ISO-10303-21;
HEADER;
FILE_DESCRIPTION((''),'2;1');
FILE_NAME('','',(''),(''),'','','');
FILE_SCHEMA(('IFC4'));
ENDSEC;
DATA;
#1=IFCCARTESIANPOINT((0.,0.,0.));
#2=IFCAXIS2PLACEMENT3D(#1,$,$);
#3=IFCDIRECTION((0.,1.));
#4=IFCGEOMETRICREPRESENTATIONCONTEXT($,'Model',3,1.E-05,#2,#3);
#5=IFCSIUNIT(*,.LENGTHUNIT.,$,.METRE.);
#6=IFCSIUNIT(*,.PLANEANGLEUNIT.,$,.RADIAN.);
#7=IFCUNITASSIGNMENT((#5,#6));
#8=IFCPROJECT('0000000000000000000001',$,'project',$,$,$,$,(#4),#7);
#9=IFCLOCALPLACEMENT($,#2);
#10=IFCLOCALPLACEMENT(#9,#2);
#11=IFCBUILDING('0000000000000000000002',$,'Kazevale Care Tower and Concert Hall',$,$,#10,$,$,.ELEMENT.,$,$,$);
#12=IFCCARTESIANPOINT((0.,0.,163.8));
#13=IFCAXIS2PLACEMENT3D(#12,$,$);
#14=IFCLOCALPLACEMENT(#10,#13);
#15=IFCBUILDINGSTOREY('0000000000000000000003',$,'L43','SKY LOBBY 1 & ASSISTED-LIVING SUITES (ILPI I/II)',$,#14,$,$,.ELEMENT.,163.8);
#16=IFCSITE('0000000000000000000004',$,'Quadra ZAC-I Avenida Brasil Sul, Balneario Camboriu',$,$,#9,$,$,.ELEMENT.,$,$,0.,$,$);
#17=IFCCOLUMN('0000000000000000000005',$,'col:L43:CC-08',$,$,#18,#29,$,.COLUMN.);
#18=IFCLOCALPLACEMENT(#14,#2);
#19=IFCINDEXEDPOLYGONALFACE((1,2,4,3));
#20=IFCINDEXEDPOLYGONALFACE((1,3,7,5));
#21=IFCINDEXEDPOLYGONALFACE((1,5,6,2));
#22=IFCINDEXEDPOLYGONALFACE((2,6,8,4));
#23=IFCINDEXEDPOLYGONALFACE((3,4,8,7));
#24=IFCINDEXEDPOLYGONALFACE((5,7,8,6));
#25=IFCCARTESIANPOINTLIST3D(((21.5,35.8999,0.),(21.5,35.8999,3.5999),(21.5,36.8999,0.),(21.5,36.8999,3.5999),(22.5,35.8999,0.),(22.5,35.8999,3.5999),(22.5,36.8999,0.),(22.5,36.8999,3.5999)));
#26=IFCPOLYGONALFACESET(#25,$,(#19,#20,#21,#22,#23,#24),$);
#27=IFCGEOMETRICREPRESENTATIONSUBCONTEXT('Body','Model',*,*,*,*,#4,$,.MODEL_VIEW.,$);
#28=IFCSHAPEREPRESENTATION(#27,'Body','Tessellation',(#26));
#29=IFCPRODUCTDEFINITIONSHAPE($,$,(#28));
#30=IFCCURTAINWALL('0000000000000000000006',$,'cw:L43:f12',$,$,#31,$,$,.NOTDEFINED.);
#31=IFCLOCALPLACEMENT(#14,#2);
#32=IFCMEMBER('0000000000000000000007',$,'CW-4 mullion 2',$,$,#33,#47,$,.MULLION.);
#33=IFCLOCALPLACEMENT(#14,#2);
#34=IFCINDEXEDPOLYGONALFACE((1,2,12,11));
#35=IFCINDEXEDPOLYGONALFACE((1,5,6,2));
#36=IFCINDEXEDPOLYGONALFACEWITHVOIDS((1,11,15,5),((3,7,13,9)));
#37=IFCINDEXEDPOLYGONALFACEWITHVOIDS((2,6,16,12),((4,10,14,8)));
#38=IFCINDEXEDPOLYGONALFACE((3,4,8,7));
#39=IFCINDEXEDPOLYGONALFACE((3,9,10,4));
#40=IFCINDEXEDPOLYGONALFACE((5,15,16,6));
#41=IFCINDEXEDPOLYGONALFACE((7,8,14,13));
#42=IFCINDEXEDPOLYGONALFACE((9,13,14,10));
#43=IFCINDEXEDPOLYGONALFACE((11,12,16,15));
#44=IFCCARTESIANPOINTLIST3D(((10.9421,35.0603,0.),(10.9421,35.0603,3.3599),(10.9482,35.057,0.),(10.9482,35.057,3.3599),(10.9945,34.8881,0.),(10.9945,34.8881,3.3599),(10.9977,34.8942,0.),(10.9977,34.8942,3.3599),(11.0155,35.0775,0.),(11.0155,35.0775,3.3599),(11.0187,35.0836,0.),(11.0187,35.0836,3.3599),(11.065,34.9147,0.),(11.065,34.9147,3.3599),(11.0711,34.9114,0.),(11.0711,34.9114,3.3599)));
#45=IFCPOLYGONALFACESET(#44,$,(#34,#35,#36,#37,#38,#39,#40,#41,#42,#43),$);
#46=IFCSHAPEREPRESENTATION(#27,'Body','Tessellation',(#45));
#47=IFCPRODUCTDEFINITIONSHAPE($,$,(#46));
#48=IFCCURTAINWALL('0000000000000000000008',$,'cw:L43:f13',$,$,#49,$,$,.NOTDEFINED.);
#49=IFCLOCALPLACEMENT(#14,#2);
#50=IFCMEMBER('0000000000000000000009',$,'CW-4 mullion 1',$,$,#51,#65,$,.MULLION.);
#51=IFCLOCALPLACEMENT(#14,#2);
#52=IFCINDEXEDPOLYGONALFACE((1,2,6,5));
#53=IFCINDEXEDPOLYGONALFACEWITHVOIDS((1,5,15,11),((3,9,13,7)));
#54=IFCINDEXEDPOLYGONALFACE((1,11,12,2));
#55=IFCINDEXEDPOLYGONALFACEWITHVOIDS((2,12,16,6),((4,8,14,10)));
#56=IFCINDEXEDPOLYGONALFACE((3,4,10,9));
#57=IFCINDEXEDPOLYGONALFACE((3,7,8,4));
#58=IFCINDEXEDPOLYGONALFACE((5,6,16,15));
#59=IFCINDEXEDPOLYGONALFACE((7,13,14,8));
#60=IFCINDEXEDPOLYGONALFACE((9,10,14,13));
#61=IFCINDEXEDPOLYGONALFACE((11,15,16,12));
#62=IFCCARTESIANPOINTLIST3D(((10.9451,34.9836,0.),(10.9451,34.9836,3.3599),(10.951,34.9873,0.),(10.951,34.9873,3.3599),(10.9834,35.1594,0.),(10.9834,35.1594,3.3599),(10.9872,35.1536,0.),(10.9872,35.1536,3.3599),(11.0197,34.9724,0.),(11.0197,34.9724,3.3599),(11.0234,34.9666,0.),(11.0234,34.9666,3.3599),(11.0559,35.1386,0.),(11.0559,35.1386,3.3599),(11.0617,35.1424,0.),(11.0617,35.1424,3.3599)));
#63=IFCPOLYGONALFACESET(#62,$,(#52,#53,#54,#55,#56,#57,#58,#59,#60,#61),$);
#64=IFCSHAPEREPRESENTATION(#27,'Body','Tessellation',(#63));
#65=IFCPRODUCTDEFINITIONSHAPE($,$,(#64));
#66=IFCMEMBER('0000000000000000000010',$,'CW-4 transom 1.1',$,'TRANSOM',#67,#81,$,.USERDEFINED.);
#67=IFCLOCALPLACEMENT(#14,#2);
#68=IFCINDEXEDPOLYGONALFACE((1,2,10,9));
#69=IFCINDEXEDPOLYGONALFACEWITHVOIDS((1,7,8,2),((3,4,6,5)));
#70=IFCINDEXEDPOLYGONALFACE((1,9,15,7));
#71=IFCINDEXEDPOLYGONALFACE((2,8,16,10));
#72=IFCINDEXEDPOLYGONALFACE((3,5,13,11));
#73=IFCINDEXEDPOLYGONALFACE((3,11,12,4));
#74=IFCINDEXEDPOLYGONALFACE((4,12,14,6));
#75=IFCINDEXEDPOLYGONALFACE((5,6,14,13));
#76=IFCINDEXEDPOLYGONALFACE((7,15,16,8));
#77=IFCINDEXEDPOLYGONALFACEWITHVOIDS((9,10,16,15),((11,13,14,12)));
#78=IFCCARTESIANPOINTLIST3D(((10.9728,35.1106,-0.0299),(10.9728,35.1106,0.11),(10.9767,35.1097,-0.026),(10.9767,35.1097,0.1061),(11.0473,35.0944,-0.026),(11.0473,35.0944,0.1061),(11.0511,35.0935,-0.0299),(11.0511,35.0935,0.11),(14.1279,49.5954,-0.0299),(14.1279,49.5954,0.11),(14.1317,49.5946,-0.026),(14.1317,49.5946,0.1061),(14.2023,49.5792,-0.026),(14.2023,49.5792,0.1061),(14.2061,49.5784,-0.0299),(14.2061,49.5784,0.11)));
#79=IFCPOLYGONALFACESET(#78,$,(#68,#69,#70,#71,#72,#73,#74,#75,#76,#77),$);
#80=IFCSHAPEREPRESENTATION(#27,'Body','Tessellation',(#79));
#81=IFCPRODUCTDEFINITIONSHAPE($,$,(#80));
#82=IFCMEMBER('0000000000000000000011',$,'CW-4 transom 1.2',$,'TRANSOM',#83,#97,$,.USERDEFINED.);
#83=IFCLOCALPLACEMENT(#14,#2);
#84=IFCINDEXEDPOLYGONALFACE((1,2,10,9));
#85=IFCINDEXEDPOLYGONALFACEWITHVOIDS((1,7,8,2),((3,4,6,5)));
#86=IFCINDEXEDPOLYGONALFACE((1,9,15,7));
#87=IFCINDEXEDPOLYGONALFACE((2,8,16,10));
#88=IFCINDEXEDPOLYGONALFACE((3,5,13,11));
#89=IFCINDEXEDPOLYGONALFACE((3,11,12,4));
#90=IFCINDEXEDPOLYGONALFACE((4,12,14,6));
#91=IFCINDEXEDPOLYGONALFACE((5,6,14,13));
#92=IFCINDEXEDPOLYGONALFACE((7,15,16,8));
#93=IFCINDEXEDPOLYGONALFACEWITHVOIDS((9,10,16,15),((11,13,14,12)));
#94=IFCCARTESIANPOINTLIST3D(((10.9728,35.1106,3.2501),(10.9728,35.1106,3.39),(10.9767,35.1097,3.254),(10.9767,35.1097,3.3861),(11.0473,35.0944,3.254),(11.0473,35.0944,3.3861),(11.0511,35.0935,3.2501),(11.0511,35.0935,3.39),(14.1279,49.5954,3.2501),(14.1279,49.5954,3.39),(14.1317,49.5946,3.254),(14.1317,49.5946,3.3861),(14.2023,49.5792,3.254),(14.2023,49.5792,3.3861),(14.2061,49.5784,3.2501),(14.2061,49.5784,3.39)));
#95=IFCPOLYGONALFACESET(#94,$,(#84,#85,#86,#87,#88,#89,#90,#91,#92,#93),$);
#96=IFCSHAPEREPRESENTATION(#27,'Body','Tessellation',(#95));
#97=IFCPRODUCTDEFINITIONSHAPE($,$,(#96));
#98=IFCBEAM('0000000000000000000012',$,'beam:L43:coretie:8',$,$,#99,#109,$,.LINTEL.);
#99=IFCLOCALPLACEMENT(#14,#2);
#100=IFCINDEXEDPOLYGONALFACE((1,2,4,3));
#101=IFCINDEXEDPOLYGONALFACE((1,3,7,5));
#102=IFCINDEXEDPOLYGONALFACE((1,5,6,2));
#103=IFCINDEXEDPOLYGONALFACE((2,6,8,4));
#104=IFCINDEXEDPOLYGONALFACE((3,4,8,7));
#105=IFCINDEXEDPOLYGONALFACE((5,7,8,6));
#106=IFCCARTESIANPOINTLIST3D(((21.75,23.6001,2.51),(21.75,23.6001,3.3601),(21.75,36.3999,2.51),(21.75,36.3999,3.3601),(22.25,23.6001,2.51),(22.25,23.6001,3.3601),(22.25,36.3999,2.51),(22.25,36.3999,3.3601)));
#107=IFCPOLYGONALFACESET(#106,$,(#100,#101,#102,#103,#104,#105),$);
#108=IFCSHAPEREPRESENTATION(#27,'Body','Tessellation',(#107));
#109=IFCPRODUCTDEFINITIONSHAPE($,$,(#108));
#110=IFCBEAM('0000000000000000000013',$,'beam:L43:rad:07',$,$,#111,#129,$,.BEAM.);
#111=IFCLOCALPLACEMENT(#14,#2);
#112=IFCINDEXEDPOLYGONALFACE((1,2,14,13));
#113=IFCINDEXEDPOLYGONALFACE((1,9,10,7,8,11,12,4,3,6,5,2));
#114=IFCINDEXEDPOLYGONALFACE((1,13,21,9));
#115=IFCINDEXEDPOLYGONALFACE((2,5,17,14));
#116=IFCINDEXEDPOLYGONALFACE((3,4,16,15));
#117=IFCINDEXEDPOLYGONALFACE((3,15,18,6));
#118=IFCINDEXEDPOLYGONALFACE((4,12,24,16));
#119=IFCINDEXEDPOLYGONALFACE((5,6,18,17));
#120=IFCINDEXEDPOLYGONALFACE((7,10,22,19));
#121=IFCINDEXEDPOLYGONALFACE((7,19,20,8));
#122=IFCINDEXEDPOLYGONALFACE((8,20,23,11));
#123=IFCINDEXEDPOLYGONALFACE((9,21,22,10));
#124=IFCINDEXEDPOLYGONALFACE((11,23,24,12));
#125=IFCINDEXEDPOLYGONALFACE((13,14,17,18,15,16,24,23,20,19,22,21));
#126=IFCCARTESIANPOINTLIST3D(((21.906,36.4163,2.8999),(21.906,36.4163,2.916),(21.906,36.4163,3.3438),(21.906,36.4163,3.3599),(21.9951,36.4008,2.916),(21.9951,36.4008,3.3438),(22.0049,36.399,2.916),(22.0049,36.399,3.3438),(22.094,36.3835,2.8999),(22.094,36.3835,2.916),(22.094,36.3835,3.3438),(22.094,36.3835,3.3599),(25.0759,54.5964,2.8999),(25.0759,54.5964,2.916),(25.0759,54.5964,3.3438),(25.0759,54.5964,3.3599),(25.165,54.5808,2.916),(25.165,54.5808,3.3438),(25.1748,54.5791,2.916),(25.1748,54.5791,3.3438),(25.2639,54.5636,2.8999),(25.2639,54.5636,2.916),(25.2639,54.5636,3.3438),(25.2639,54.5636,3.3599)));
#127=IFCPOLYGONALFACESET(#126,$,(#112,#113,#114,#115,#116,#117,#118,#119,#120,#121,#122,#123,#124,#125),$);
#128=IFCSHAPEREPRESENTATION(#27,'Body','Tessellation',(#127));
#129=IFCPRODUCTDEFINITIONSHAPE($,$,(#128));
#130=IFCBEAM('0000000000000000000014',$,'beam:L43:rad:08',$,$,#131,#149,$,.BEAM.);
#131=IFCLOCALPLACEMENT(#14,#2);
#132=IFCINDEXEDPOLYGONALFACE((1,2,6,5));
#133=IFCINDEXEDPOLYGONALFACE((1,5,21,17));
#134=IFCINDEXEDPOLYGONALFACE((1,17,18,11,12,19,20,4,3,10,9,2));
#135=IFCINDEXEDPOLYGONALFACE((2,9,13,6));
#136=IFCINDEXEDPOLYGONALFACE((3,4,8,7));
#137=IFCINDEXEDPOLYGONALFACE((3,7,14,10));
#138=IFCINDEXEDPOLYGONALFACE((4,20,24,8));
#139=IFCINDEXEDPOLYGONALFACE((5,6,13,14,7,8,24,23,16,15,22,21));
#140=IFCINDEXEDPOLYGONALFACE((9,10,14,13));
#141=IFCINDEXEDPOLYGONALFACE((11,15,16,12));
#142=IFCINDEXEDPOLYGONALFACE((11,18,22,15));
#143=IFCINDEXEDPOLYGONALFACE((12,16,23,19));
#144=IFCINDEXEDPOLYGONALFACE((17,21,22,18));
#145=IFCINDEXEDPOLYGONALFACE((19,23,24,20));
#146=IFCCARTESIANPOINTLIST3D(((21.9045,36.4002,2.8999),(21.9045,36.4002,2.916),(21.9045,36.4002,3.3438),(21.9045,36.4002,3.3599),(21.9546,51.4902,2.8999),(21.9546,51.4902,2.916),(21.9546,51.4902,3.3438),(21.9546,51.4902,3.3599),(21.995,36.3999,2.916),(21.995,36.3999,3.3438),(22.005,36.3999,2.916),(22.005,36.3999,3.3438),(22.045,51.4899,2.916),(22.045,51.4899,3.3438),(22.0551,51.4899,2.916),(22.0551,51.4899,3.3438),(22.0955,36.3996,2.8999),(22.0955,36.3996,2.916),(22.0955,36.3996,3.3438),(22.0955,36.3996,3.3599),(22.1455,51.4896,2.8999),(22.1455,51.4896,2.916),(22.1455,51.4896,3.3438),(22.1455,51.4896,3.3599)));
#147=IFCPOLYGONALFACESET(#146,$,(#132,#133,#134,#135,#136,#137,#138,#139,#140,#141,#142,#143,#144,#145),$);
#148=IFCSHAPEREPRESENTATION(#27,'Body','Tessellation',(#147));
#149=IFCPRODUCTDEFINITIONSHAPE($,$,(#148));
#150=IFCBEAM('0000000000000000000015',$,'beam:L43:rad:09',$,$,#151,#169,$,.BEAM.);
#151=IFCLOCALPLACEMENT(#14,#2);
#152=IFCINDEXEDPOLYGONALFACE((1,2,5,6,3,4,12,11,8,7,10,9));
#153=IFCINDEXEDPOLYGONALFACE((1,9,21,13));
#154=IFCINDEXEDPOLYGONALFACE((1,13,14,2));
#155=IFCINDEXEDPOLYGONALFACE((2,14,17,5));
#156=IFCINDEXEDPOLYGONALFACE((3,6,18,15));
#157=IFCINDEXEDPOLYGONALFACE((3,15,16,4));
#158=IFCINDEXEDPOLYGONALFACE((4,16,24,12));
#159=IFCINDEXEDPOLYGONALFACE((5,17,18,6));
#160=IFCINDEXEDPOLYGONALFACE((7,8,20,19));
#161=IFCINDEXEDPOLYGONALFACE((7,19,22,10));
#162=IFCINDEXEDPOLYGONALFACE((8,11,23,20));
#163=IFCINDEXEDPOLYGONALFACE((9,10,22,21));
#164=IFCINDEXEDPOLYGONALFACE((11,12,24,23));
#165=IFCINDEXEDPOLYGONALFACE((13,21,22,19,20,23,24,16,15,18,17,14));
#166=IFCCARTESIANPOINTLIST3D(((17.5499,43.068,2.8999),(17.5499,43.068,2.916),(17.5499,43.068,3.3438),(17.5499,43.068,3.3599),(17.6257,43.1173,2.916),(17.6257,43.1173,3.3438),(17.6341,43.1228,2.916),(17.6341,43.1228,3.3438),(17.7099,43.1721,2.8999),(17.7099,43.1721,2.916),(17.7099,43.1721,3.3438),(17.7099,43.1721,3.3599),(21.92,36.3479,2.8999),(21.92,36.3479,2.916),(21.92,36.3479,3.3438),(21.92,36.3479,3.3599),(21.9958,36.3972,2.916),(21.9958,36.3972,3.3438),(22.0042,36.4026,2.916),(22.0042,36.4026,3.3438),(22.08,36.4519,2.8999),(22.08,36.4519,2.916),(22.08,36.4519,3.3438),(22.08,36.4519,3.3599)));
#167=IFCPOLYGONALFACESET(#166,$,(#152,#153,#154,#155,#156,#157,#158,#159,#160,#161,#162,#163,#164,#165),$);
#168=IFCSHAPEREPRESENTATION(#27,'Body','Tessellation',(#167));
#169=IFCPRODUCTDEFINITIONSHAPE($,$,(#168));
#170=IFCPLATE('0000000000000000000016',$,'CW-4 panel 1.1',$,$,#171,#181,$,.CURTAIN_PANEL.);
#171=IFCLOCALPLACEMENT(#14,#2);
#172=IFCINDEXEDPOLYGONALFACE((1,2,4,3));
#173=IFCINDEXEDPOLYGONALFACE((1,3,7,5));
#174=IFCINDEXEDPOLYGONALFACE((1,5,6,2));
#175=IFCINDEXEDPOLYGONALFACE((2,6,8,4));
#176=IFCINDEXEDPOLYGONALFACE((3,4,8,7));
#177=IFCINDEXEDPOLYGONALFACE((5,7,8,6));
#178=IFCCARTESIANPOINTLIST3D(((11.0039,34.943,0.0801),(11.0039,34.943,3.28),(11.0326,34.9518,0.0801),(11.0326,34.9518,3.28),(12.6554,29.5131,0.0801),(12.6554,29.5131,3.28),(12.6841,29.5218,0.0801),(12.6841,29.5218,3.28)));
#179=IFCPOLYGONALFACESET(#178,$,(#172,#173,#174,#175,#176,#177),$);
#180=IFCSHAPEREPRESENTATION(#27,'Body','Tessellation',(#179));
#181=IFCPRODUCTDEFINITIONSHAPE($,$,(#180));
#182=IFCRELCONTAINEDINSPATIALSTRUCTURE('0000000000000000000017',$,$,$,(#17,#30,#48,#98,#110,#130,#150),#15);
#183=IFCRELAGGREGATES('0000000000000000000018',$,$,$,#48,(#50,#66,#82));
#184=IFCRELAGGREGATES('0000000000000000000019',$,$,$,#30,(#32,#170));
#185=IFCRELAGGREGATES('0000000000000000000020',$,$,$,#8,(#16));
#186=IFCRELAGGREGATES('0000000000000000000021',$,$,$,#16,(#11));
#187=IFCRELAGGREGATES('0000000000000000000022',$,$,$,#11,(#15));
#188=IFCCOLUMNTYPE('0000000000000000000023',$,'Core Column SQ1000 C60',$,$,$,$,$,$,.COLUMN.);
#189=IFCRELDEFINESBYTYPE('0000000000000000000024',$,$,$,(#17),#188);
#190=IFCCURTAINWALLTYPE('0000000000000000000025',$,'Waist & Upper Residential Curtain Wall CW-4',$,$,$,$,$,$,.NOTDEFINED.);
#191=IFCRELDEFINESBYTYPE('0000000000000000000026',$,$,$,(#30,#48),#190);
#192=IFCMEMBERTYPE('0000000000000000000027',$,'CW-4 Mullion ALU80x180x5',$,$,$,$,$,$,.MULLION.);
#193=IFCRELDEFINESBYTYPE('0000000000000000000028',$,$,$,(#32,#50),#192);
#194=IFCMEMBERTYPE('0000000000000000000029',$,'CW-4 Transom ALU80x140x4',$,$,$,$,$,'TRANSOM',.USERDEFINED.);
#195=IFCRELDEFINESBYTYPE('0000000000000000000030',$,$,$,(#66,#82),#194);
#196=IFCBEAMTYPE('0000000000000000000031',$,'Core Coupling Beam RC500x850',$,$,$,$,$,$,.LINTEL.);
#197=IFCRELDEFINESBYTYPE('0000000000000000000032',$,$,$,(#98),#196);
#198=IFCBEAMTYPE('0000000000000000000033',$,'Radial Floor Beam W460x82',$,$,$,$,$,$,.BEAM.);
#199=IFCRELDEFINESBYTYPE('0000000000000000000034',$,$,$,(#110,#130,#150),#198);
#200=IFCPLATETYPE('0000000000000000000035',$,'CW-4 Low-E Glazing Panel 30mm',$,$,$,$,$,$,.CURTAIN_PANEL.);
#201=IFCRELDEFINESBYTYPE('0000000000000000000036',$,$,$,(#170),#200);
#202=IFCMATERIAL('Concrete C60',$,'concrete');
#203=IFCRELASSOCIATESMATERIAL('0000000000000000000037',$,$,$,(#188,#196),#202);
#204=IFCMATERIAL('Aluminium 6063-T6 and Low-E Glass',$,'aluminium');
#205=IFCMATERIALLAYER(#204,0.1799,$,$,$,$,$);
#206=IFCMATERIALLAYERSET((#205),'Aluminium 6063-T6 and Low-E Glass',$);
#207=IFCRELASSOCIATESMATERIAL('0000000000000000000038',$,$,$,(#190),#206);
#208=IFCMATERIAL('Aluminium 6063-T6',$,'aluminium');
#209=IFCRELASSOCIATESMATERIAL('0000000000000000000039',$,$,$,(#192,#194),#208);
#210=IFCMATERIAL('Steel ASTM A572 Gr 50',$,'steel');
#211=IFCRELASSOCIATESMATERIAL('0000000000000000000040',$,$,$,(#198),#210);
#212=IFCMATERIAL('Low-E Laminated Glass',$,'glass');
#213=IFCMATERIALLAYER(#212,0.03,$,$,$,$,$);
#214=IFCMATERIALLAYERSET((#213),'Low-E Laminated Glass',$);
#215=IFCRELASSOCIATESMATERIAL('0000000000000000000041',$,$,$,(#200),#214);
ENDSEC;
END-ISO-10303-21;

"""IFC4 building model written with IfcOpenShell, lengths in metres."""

from ifc_helpers import new_model, si_unit, direction, frame, origin, origin_2d, place, context, subcontext, project, spatial, rectangle, hollow_rectangle, i_section, extrude, material, layer, layer_set, material_profile, profile_set, type_object, element, aggregate, save


model = new_model("IFC4")

# Units and contexts
model_context = context("Model", 3, precision=1e-05, world=origin(), true_north=direction((0.0, 1.0)))
body_context = subcontext(model_context, "Body", "Model", "MODEL_VIEW")
ifc_project = project(units=[si_unit("LENGTHUNIT", "METRE"), si_unit("PLANEANGLEUNIT", "RADIAN")], contexts=[model_context])

# Site, building, storey
site_placement = place(None, origin())
site = spatial("IfcSite", under=ifc_project, at=site_placement, Name="Quadra ZAC-I Avenida Brasil Sul, Balneario Camboriu", CompositionType="ELEMENT", RefElevation=0.0)
building_placement = place(site_placement, origin())
building = spatial("IfcBuilding", under=site, at=building_placement, Name="Kazevale Care Tower and Concert Hall", CompositionType="ELEMENT")
storey_placement = place(building_placement, frame((0.0, 0.0, 163.8)))
storey = spatial("IfcBuildingStorey", under=building, at=storey_placement, Name="L43", Description="SKY LOBBY 1 & ASSISTED-LIVING SUITES (ILPI I/II)", CompositionType="ELEMENT", Elevation=163.8)

# Column
ifc_material_1 = material(Name="Concrete C60", Category="concrete")
ifc_material_profile_1 = material_profile(ifc_material_1, rectangle(XDim=1.0, YDim=1.0, at=origin_2d()), Name="RC-SQ1000")
ifc_profile_set_1 = profile_set([ifc_material_profile_1], Name="Concrete C60")
column_type = type_object("IfcColumnType", Name="Core Column SQ1000 C60", PredefinedType="COLUMN", material=ifc_profile_set_1)
column_placement = place(storey_placement, frame((22.0, 36.3999, 0.0), z_axis=(0.0, 0.0, 1.0), x_axis=(1.0, 0.0, 0.0)))
element("IfcColumn", 1, at=column_placement, inside=storey, type_object=column_type, Name="col:L43:CC-08", PredefinedType="COLUMN", context=body_context, shape_type="SweptSolid", body=[
    extrude(rectangle(XDim=1.0, YDim=1.0, at=origin_2d()), origin(), (0.0, 0.0, 1.0), 3.5999),
])

# Curtain wall, member
ifc_material_2 = material(Name="Aluminium 6063-T6 and Low-E Glass", Category="aluminium")
ifc_layer_1 = layer(ifc_material_2, 0.1799)
ifc_layer_set_1 = layer_set([ifc_layer_1], Name="Aluminium 6063-T6 and Low-E Glass")
curtain_wall_type = type_object("IfcCurtainWallType", Name="Waist & Upper Residential Curtain Wall CW-4", PredefinedType="NOTDEFINED", material=ifc_layer_set_1)
curtain_wall_1_placement = place(storey_placement, origin())
curtain_wall_1 = element("IfcCurtainWall", 2, at=curtain_wall_1_placement, inside=storey, type_object=curtain_wall_type, Name="cw:L43:f12", PredefinedType="NOTDEFINED")
ifc_material_3 = material(Name="Aluminium 6063-T6", Category="aluminium")
ifc_material_profile_2 = material_profile(ifc_material_3, hollow_rectangle(XDim=0.0801, YDim=0.1799, WallThickness=0.0049, at=origin_2d()), Name="ALU80x180x5")
ifc_profile_set_2 = profile_set([ifc_material_profile_2], Name="Aluminium 6063-T6")
member_type_1 = type_object("IfcMemberType", Name="CW-4 Mullion ALU80x180x5", PredefinedType="MULLION", material=ifc_profile_set_2)
member_1_placement = place(storey_placement, frame((11.0066, 34.9858, 0.0), z_axis=(0.0, 0.0, 1.0), x_axis=(-0.95673, -0.290977, 0.0)))
member_1 = element("IfcMember", 3, at=member_1_placement, type_object=member_type_1, Name="CW-4 mullion 2", PredefinedType="MULLION", context=body_context, shape_type="SweptSolid", body=[
    extrude(hollow_rectangle(XDim=0.0801, YDim=0.1799, WallThickness=0.0049, at=origin_2d()), origin(), (0.0, 0.0, 1.0), 3.3599),
])

# Curtain wall, members
curtain_wall_2_placement = place(storey_placement, origin())
curtain_wall_2 = element("IfcCurtainWall", 4, at=curtain_wall_2_placement, inside=storey, type_object=curtain_wall_type, Name="cw:L43:f13", PredefinedType="NOTDEFINED")
member_2_placement = place(storey_placement, frame((11.0034, 35.063, 0.0), z_axis=(0.0, 0.0, 1.0), x_axis=(-0.977091, 0.212823, 0.0)))
member_2 = element("IfcMember", 5, at=member_2_placement, type_object=member_type_1, Name="CW-4 mullion 1", PredefinedType="MULLION", context=body_context, shape_type="SweptSolid", body=[
    extrude(hollow_rectangle(XDim=0.0801, YDim=0.1799, WallThickness=0.0049, at=origin_2d()), origin(), (0.0, 0.0, 1.0), 3.3599),
])
ifc_material_profile_3 = material_profile(ifc_material_3, hollow_rectangle(XDim=0.0801, YDim=0.1399, WallThickness=0.0039, at=origin_2d()), Name="ALU80x140x4")
ifc_profile_set_3 = profile_set([ifc_material_profile_3], Name="Aluminium 6063-T6")
member_type_2 = type_object("IfcMemberType", Name="CW-4 Transom ALU80x140x4", ElementType="TRANSOM", PredefinedType="USERDEFINED", material=ifc_profile_set_3)
member_3_placement = place(storey_placement, frame((11.012, 35.1021, 0.04), z_axis=(0.212826, 0.97709, 0.0), x_axis=(-0.97709, 0.212826, 0.0)))
member_3 = element("IfcMember", 6, at=member_3_placement, type_object=member_type_2, Name="CW-4 transom 1.1", ObjectType="TRANSOM", PredefinedType="USERDEFINED", context=body_context, shape_type="SweptSolid", body=[
    extrude(hollow_rectangle(XDim=0.0801, YDim=0.1399, WallThickness=0.0039, at=origin_2d()), origin(), (0.0, 0.0, 1.0), 14.8245),
])
member_4_placement = place(storey_placement, frame((11.012, 35.1021, 3.3201), z_axis=(0.212826, 0.97709, 0.0), x_axis=(-0.97709, 0.212826, 0.0)))
member_4 = element("IfcMember", 7, at=member_4_placement, type_object=member_type_2, Name="CW-4 transom 1.2", ObjectType="TRANSOM", PredefinedType="USERDEFINED", context=body_context, shape_type="SweptSolid", body=[
    extrude(hollow_rectangle(XDim=0.0801, YDim=0.1399, WallThickness=0.0039, at=origin_2d()), origin(), (0.0, 0.0, 1.0), 14.8245),
])
aggregate(curtain_wall_2, [member_2, member_3, member_4])

# Beams
ifc_material_profile_4 = material_profile(ifc_material_1, rectangle(XDim=0.5, YDim=0.8501, at=origin_2d()), Name="RC-B500x850")
ifc_profile_set_4 = profile_set([ifc_material_profile_4], Name="Concrete C60")
beam_type_1 = type_object("IfcBeamType", Name="Core Coupling Beam RC500x850", PredefinedType="LINTEL", material=ifc_profile_set_4)
beam_1_placement = place(storey_placement, frame((22.0, 36.3999, 2.9351), z_axis=(0.0, -1.0, 0.0), x_axis=(1.0, 0.0, 0.0)))
element("IfcBeam", 8, at=beam_1_placement, inside=storey, type_object=beam_type_1, Name="beam:L43:coretie:8", PredefinedType="LINTEL", context=body_context, shape_type="SweptSolid", body=[
    extrude(rectangle(XDim=0.5, YDim=0.8501, at=origin_2d()), origin(), (0.0, 0.0, 1.0), 12.7998),
])
ifc_material_4 = material(Name="Steel ASTM A572 Gr 50", Category="steel")
ifc_material_profile_5 = material_profile(ifc_material_4, i_section(OverallWidth=0.1909, OverallDepth=0.46, WebThickness=0.01, FlangeThickness=0.0161, at=origin_2d()), Name="W460x82")
ifc_profile_set_5 = profile_set([ifc_material_profile_5], Name="Steel ASTM A572 Gr 50")
beam_type_2 = type_object("IfcBeamType", Name="Radial Floor Beam W460x82", PredefinedType="BEAM", material=ifc_profile_set_5)
beam_2_placement = place(storey_placement, frame((22.0, 36.3999, 3.1299), z_axis=(0.17177, 0.985137, 0.0), x_axis=(-0.985137, 0.17177, 0.0)))
element("IfcBeam", 9, at=beam_2_placement, inside=storey, type_object=beam_type_2, Name="beam:L43:rad:07", PredefinedType="BEAM", context=body_context, shape_type="SweptSolid", body=[
    extrude(i_section(OverallWidth=0.1909, OverallDepth=0.46, WebThickness=0.01, FlangeThickness=0.0161, at=origin_2d()), origin(), (0.0, 0.0, 1.0), 18.4543),
])
beam_3_placement = place(storey_placement, frame((22.0, 36.3999, 3.1299), z_axis=(0.003317, 0.999994, 0.0), x_axis=(-0.999994, 0.003317, 0.0)))
element("IfcBeam", 10, at=beam_3_placement, inside=storey, type_object=beam_type_2, Name="beam:L43:rad:08", PredefinedType="BEAM", context=body_context, shape_type="SweptSolid", body=[
    extrude(i_section(OverallWidth=0.1909, OverallDepth=0.46, WebThickness=0.01, FlangeThickness=0.0161, at=origin_2d()), origin(), (0.0, 0.0, 1.0), 15.0901),
])
beam_4_placement = place(storey_placement, frame((22.0, 36.3999, 3.1299), z_axis=(-0.545162, 0.838331, 0.0), x_axis=(-0.838331, -0.545162, 0.0)))
element("IfcBeam", 11, at=beam_4_placement, inside=storey, type_object=beam_type_2, Name="beam:L43:rad:09", PredefinedType="BEAM", context=body_context, shape_type="SweptSolid", body=[
    extrude(i_section(OverallWidth=0.1909, OverallDepth=0.46, WebThickness=0.01, FlangeThickness=0.0161, at=origin_2d()), origin(), (0.0, 0.0, 1.0), 8.0161),
])

# Plate
ifc_material_5 = material(Name="Low-E Laminated Glass", Category="glass")
ifc_layer_2 = layer(ifc_material_5, 0.03)
ifc_layer_set_2 = layer_set([ifc_layer_2], Name="Low-E Laminated Glass")
plate_type = type_object("IfcPlateType", Name="CW-4 Low-E Glazing Panel 30mm", PredefinedType="CURTAIN_PANEL", material=ifc_layer_set_2)
plate_placement = place(storey_placement, frame((11.844, 32.2324, 0.0801), z_axis=(0.0, 0.0, 1.0), x_axis=(-0.290977, 0.95673, 0.0)))
plate = element("IfcPlate", 12, at=plate_placement, type_object=plate_type, Name="CW-4 panel 1.1", PredefinedType="CURTAIN_PANEL", context=body_context, shape_type="SweptSolid", body=[
    extrude(rectangle(XDim=5.6755, YDim=0.03, at=origin_2d()), origin(), (0.0, 0.0, 1.0), 3.2),
])
aggregate(curtain_wall_1, [member_1, plate])

save(model, "model.ifc")
